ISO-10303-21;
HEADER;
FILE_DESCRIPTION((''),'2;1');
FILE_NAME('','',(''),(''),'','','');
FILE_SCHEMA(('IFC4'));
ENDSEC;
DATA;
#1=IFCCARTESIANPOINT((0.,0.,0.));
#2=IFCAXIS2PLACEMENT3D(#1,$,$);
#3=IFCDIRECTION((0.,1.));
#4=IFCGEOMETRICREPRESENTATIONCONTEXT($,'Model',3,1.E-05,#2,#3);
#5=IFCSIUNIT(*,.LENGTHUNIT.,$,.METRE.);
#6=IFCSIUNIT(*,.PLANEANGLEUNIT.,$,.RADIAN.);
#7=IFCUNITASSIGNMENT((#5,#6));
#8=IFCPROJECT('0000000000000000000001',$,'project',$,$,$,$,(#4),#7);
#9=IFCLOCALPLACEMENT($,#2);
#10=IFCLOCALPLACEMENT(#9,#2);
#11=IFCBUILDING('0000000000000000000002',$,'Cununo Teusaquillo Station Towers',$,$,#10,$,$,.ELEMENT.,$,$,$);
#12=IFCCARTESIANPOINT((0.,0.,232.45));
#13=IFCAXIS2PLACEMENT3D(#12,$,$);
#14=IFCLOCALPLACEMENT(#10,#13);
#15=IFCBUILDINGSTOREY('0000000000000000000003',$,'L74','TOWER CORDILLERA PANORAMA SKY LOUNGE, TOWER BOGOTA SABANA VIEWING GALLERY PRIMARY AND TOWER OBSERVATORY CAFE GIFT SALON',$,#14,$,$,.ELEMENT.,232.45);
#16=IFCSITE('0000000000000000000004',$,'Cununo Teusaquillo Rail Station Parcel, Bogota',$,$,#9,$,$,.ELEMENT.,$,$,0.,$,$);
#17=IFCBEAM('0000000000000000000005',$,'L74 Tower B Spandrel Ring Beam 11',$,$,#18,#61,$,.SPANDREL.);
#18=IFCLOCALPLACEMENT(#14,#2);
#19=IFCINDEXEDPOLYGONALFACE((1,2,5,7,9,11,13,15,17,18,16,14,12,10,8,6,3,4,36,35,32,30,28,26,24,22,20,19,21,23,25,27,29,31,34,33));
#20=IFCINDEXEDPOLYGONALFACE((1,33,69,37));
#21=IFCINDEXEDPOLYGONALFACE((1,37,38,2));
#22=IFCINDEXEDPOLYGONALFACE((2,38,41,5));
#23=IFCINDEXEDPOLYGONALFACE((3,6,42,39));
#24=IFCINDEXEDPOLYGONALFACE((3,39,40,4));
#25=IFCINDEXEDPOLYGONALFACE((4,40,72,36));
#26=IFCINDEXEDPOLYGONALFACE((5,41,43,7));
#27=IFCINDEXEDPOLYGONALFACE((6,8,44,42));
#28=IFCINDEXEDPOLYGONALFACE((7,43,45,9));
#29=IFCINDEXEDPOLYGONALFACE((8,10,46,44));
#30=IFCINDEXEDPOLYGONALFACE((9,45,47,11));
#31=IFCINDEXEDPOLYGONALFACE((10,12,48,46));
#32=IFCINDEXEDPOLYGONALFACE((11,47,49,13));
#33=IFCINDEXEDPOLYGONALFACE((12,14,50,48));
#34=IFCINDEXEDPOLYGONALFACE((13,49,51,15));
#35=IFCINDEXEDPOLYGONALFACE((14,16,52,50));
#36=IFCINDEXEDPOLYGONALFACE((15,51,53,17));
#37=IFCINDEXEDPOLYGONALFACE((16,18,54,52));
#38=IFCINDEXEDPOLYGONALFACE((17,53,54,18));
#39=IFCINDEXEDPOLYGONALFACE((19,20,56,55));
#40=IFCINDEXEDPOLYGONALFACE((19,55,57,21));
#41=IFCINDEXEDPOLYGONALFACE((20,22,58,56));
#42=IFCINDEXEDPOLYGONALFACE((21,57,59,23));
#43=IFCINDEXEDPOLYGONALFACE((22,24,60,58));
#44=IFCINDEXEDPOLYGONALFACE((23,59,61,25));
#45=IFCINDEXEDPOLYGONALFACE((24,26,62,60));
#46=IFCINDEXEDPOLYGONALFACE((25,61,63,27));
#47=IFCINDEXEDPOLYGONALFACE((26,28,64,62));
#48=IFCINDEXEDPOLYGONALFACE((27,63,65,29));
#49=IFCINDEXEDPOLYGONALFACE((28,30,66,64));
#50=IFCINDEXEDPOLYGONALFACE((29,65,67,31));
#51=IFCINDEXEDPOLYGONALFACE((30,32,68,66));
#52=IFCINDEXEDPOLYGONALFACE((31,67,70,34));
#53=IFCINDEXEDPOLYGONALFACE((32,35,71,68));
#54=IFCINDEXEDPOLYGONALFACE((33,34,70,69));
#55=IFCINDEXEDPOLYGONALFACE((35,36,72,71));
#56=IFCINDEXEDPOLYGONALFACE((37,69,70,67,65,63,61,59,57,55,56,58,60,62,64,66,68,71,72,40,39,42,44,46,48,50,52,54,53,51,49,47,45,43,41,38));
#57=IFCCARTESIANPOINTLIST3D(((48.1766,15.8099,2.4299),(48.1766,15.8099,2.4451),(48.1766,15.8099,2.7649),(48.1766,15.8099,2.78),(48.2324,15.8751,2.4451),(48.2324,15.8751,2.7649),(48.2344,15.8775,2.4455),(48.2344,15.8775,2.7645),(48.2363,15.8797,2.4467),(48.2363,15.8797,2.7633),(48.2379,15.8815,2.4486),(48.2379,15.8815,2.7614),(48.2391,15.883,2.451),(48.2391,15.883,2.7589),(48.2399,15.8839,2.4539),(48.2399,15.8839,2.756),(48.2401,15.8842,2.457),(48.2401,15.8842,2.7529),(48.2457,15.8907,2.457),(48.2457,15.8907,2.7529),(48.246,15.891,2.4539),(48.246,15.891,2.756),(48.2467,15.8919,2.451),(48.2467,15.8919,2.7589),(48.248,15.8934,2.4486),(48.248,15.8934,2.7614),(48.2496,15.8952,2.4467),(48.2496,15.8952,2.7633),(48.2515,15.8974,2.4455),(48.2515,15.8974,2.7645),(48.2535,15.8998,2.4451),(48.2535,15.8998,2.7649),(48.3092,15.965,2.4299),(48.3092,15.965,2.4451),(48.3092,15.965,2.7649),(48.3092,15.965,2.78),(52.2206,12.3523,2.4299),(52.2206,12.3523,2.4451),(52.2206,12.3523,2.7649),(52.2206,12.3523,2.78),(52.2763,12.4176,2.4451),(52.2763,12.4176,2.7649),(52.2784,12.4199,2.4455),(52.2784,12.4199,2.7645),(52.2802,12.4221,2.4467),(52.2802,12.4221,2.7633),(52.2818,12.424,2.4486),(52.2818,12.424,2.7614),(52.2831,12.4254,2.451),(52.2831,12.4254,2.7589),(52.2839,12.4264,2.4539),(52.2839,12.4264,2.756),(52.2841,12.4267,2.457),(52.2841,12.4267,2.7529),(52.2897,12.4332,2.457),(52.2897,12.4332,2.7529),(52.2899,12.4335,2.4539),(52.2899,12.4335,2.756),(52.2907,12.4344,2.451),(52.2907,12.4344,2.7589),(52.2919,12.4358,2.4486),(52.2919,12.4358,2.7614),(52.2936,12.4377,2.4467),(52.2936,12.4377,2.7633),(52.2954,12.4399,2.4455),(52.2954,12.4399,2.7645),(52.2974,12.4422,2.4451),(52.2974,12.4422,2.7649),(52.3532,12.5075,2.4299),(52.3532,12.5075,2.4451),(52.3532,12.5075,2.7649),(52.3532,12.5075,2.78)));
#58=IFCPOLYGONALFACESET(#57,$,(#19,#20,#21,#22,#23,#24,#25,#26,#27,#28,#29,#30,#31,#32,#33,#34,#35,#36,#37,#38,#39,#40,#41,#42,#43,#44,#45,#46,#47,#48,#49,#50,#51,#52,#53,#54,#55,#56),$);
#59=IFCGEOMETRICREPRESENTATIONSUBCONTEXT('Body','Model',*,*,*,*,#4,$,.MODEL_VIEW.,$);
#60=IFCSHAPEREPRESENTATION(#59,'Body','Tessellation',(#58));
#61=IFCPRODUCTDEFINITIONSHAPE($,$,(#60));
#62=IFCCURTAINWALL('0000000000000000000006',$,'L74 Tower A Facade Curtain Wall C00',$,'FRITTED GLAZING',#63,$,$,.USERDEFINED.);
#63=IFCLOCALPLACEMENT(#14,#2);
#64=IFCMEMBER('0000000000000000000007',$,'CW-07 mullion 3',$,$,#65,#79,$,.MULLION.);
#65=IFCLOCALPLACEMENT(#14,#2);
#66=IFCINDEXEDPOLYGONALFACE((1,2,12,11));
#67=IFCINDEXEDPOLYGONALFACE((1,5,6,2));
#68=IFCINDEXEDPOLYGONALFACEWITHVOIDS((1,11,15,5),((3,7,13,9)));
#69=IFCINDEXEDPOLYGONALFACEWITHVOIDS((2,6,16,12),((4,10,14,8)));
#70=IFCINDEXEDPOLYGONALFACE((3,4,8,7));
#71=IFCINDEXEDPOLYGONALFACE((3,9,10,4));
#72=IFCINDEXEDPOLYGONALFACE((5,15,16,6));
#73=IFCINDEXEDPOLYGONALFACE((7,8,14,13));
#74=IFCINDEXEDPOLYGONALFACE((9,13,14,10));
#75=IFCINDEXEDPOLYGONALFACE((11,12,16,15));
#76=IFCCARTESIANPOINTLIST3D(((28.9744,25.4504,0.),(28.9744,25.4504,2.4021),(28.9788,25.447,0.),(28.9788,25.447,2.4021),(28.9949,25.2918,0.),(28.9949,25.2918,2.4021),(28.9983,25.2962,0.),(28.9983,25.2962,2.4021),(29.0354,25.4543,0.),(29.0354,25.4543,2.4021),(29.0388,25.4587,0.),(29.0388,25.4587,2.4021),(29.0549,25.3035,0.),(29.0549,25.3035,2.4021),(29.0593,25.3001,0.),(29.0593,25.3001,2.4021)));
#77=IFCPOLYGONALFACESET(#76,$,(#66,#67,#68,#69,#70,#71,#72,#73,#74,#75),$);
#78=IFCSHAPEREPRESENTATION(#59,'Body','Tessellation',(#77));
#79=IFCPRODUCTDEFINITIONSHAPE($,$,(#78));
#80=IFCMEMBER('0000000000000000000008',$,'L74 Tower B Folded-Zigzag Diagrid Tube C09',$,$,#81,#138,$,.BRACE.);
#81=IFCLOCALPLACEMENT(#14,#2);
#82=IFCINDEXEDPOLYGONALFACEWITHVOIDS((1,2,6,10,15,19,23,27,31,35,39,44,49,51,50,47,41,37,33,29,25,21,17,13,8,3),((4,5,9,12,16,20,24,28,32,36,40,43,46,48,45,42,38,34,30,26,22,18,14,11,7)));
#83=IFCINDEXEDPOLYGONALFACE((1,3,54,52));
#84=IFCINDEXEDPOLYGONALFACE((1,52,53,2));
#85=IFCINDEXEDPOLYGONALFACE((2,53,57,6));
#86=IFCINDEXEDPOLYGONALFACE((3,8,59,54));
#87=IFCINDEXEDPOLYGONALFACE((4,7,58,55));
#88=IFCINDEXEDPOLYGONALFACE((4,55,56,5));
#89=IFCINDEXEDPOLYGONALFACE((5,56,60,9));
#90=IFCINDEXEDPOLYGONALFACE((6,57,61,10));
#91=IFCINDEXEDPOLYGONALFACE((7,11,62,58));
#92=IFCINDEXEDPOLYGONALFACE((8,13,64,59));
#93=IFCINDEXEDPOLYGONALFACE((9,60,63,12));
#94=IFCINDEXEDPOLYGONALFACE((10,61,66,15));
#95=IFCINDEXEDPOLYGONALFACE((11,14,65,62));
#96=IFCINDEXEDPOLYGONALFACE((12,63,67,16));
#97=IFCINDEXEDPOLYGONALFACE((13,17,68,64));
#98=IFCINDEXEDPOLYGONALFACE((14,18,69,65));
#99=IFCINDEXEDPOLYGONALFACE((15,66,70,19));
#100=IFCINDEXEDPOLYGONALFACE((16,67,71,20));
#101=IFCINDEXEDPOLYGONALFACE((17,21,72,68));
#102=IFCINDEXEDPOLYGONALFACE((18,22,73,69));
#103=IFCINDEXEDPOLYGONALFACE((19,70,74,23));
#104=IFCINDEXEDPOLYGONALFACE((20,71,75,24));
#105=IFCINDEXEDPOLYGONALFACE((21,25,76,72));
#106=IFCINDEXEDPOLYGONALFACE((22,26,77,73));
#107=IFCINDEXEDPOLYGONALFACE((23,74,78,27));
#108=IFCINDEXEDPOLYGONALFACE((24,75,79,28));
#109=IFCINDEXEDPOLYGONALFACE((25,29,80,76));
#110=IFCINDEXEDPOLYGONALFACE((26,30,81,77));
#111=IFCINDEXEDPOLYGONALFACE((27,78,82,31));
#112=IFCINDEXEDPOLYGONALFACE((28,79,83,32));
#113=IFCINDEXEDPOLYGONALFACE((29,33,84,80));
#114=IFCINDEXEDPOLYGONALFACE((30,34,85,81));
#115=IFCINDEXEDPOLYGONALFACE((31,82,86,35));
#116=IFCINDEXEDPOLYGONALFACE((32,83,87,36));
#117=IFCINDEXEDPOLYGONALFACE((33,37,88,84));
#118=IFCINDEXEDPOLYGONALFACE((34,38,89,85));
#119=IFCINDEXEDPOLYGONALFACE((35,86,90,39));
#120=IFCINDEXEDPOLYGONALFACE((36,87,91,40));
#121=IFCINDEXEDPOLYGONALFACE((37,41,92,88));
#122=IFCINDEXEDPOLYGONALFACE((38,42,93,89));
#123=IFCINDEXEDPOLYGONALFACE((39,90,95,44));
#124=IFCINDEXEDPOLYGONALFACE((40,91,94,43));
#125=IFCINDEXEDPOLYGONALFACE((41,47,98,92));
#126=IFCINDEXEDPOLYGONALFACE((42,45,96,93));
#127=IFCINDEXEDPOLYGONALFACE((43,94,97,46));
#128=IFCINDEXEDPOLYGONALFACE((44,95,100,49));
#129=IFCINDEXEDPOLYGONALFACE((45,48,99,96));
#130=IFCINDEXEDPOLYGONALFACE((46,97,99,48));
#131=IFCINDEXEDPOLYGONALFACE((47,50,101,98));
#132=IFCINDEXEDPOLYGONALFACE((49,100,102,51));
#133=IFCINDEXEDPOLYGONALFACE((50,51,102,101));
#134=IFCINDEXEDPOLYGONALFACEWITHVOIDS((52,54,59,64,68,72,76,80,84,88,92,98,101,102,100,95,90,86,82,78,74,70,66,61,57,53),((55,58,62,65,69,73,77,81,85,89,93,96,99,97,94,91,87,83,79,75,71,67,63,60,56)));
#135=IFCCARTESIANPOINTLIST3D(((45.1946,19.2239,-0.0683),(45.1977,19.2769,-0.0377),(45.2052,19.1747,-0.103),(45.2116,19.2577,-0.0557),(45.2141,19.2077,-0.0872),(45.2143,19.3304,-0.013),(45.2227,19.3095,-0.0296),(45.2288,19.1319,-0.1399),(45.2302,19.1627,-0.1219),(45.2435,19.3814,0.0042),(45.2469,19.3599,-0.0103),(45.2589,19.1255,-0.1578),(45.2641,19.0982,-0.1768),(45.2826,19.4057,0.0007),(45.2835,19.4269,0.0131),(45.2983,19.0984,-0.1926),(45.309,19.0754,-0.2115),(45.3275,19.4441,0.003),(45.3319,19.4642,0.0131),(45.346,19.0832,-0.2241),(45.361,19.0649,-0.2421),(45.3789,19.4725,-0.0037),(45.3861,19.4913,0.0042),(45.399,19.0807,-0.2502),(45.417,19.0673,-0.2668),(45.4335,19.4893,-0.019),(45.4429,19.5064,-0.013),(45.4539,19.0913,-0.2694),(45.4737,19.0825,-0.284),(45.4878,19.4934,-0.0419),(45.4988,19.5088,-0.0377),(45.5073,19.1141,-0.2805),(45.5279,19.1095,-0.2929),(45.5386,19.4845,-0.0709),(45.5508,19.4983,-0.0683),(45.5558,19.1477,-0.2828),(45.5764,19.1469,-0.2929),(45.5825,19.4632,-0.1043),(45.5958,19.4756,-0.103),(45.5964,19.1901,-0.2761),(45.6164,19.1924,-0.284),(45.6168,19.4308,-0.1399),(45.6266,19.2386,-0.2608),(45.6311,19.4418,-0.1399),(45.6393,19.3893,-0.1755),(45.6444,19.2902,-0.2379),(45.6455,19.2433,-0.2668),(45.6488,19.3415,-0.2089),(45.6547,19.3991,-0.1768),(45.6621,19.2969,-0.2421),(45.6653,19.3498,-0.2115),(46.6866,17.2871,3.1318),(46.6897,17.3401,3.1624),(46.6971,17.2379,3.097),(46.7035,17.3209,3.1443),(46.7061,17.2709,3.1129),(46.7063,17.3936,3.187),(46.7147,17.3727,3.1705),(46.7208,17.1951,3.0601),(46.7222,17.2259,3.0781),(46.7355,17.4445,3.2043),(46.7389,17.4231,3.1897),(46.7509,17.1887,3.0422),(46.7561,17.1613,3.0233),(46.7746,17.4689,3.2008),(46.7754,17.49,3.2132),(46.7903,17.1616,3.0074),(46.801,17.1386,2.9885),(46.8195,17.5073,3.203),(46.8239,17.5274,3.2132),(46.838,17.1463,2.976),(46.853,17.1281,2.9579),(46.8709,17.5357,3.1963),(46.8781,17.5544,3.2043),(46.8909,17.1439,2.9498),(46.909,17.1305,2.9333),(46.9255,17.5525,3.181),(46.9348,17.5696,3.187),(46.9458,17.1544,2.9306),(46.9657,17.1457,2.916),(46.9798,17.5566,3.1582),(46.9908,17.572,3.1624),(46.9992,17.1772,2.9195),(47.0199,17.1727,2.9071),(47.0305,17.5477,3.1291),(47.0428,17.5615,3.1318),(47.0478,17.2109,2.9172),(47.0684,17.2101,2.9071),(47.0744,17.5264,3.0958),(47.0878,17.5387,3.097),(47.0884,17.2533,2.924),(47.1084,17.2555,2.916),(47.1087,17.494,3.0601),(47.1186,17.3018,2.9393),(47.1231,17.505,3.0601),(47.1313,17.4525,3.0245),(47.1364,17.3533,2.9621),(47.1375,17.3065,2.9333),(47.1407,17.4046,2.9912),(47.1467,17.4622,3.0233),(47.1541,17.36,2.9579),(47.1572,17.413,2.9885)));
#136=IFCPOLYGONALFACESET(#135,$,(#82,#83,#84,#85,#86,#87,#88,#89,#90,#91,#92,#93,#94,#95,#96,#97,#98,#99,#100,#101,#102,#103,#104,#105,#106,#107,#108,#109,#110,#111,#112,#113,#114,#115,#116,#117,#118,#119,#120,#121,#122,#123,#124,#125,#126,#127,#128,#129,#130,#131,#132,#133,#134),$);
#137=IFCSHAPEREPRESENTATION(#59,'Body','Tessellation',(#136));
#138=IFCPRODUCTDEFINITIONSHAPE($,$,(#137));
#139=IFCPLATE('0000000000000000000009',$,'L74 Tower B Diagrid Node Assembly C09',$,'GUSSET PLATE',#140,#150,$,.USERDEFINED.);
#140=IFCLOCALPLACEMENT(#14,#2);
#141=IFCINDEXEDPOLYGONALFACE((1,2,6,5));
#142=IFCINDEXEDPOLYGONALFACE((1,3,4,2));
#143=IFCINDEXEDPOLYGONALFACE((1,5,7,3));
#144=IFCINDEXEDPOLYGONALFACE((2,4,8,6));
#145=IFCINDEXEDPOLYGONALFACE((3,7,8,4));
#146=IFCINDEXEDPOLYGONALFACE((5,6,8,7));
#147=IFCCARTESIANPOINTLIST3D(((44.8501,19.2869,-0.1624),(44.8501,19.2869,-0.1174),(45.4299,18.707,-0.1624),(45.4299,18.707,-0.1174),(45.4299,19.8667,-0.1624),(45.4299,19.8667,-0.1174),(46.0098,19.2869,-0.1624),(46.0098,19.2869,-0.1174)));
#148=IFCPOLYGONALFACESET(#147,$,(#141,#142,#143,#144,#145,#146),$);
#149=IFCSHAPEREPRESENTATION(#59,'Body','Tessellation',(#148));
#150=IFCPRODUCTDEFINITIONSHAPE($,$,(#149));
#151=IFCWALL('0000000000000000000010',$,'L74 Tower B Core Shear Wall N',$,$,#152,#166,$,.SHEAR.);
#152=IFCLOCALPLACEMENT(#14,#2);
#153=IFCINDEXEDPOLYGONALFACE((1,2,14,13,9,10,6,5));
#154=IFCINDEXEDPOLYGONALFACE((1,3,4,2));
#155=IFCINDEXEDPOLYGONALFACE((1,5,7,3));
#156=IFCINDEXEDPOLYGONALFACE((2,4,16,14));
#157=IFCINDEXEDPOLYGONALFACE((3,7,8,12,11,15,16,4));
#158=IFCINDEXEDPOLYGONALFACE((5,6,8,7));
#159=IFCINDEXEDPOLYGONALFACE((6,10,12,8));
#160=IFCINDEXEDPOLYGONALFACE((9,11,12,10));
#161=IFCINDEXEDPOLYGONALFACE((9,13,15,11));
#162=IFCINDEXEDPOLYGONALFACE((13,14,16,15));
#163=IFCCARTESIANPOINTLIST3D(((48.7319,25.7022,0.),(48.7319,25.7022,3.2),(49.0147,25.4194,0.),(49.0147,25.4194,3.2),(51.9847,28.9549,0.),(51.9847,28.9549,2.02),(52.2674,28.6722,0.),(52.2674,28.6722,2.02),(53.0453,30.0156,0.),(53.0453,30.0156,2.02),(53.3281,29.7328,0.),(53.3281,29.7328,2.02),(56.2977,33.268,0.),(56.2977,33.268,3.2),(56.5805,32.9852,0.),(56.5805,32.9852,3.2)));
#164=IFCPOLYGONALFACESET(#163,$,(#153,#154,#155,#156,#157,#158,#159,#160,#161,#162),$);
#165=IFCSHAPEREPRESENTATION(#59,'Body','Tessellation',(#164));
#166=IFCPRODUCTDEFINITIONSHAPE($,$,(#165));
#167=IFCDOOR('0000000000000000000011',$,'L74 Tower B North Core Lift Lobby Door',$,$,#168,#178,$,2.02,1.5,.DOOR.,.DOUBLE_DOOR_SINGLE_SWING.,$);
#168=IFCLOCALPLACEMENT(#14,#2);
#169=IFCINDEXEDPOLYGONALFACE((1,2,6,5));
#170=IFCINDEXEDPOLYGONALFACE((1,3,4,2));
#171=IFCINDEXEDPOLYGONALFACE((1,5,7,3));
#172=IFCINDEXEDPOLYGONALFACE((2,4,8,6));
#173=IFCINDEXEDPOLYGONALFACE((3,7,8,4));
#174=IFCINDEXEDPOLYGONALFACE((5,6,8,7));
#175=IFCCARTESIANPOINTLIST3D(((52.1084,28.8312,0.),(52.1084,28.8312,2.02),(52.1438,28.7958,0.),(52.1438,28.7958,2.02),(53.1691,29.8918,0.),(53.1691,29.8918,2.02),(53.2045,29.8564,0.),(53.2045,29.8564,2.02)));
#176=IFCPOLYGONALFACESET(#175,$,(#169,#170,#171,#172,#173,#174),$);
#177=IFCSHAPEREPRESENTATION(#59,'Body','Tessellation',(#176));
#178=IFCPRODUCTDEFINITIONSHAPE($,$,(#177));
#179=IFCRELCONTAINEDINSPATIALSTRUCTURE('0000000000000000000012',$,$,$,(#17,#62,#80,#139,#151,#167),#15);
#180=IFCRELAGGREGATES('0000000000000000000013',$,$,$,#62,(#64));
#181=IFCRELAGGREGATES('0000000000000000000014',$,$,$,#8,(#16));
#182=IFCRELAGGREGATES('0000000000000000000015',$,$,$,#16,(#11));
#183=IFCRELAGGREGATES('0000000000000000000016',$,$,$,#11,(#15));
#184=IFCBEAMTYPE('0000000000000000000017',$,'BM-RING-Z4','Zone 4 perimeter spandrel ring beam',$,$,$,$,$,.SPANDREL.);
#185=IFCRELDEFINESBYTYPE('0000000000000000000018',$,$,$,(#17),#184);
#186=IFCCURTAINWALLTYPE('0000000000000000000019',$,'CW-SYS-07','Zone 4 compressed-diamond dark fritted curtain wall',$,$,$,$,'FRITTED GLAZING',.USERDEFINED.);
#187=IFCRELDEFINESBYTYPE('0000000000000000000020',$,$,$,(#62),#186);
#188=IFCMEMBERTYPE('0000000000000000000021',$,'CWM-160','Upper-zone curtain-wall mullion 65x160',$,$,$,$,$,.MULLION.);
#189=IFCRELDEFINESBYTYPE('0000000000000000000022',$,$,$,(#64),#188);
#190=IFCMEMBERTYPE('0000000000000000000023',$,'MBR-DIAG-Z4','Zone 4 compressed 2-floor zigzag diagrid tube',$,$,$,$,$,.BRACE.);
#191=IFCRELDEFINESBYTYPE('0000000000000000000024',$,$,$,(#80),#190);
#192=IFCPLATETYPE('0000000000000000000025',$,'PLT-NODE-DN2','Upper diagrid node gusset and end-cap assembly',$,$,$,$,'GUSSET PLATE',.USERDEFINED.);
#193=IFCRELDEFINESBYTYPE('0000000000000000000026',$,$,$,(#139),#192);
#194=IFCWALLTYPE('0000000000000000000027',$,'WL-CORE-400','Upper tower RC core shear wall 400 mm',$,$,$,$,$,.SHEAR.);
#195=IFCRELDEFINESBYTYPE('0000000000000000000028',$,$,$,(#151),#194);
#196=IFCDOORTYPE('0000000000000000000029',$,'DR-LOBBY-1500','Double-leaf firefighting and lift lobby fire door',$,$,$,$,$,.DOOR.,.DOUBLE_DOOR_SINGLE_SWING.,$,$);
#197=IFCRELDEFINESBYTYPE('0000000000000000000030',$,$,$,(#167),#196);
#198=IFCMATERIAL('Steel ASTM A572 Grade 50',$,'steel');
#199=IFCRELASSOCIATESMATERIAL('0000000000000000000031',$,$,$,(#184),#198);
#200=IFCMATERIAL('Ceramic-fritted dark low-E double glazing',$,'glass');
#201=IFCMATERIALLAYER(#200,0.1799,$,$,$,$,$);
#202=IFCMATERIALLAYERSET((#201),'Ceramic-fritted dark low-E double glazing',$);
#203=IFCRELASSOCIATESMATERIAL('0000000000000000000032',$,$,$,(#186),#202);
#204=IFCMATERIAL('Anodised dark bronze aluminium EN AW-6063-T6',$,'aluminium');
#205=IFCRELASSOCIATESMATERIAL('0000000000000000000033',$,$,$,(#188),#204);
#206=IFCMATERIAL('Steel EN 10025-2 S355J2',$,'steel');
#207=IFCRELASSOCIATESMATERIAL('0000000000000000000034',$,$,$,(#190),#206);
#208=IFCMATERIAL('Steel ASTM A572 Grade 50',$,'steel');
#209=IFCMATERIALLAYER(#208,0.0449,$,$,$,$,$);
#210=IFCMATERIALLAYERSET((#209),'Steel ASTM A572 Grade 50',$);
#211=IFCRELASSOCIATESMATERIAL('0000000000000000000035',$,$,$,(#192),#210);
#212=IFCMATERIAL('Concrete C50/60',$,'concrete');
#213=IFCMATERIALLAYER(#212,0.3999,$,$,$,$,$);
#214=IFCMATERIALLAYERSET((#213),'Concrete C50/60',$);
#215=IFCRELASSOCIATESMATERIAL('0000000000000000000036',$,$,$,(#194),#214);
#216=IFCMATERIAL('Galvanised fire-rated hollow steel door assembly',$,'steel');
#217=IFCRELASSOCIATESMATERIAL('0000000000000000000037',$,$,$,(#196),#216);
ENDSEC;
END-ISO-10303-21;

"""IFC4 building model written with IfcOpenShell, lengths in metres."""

from ifc_helpers import new_model, si_unit, direction, frame, frame_2d, origin, origin_2d, place, context, subcontext, project, spatial, rectangle, hollow_rectangle, hollow_circle, i_section, extrude, source, transform, mapped, material, layer, layer_set, material_profile, profile_set, type_object, element, fill, aggregate, save


model = new_model("IFC4")

# Units and contexts
model_context = context("Model", 3, precision=1e-05, world=origin(), true_north=direction((0.0, 1.0)))
body_context = subcontext(model_context, "Body", "Model", "MODEL_VIEW")
ifc_project = project(units=[si_unit("LENGTHUNIT", "METRE"), si_unit("PLANEANGLEUNIT", "RADIAN")], contexts=[model_context])

# Site, building, storey
site_placement = place(None, origin())
site = spatial("IfcSite", under=ifc_project, at=site_placement, Name="Cununo Teusaquillo Rail Station Parcel, Bogota", CompositionType="ELEMENT", RefElevation=0.0)
building_placement = place(site_placement, origin())
building = spatial("IfcBuilding", under=site, at=building_placement, Name="Cununo Teusaquillo Station Towers", CompositionType="ELEMENT")
storey_placement = place(building_placement, frame((0.0, 0.0, 232.45)))
storey = spatial("IfcBuildingStorey", under=building, at=storey_placement, Name="L74", Description="TOWER CORDILLERA PANORAMA SKY LOUNGE, TOWER BOGOTA SABANA VIEWING GALLERY PRIMARY AND TOWER OBSERVATORY CAFE GIFT SALON", CompositionType="ELEMENT", Elevation=232.45)

# Beam
ifc_material_1 = material(Name="Steel ASTM A572 Grade 50", Category="steel")
ifc_material_profile_1 = material_profile(ifc_material_1, i_section(OverallWidth=0.2041, OverallDepth=0.3501, WebThickness=0.0085, FlangeThickness=0.0151, FilletRadius=0.012, at=origin_2d()), Name="W14X48")
ifc_profile_set_1 = profile_set([ifc_material_profile_1], Name="Steel ASTM A572 Grade 50")
beam_type_1 = type_object("IfcBeamType", Name="BM-RING-Z4", Description="Zone 4 perimeter spandrel ring beam", PredefinedType="SPANDREL", material=ifc_profile_set_1)
beam_1_placement = place(storey_placement, frame((48.2429, 15.8875, 2.605), z_axis=(0.760066, -0.649846, 0.0), x_axis=(0.649846, 0.760066, 0.0)))
element("IfcBeam", 1, at=beam_1_placement, inside=storey, type_object=beam_type_1, Name="L74 Tower B Spandrel Ring Beam 11", PredefinedType="SPANDREL", context=body_context, shape_type="SweptSolid", body=[
    extrude(i_section(OverallWidth=0.2041, OverallDepth=0.3501, WebThickness=0.0085, FlangeThickness=0.0151, FilletRadius=0.012, at=origin_2d()), origin(), (0.0, 0.0, 1.0), 5.3206),
])

# Curtain wall, member
ifc_material_2 = material(Name="Ceramic-fritted dark low-E double glazing", Category="glass")
ifc_layer_1 = layer(ifc_material_2, 0.1799)
ifc_layer_set_1 = layer_set([ifc_layer_1], Name="Ceramic-fritted dark low-E double glazing")
curtain_wall_type = type_object("IfcCurtainWallType", Name="CW-SYS-07", Description="Zone 4 compressed-diamond dark fritted curtain wall", ElementType="FRITTED GLAZING", PredefinedType="USERDEFINED", material=ifc_layer_set_1)
curtain_wall_placement = place(storey_placement, origin())
curtain_wall = element("IfcCurtainWall", 2, at=curtain_wall_placement, inside=storey, type_object=curtain_wall_type, Name="L74 Tower A Facade Curtain Wall C00", ObjectType="FRITTED GLAZING", PredefinedType="USERDEFINED")
ifc_material_3 = material(Name="Anodised dark bronze aluminium EN AW-6063-T6", Category="aluminium")
ifc_material_profile_2 = material_profile(ifc_material_3, hollow_rectangle(XDim=0.0649, YDim=0.1599, WallThickness=0.0039, at=origin_2d()), Name="CW-MULL-65x160")
ifc_profile_set_2 = profile_set([ifc_material_profile_2], Name="Anodised dark bronze aluminium EN AW-6063-T6")
member_type_1 = type_object("IfcMemberType", Name="CWM-160", Description="Upper-zone curtain-wall mullion 65x160", PredefinedType="MULLION", material=ifc_profile_set_2)
member_1_placement = place(storey_placement, frame((29.0168, 25.3752, 0.0), z_axis=(0.0, 0.0, 1.0), x_axis=(0.991742, 0.128253, 0.0)))
member_1 = element("IfcMember", 3, at=member_1_placement, type_object=member_type_1, Name="CW-07 mullion 3", PredefinedType="MULLION", context=body_context, shape_type="SweptSolid", body=[
    extrude(hollow_rectangle(XDim=0.0649, YDim=0.1599, WallThickness=0.0039, at=origin_2d()), origin(), (0.0, 0.0, 1.0), 2.4021),
])
aggregate(curtain_wall, [member_1])

# Member
ifc_material_4 = material(Name="Steel EN 10025-2 S355J2", Category="steel")
ifc_material_profile_3 = material_profile(ifc_material_4, hollow_circle(Radius=0.2539, WallThickness=0.0181, at=origin_2d()), Name="CHS 508x18")
ifc_profile_set_3 = profile_set([ifc_material_profile_3], Name="Steel EN 10025-2 S355J2")
member_type_2 = type_object("IfcMemberType", Name="MBR-DIAG-Z4", Description="Zone 4 compressed 2-floor zigzag diagrid tube", PredefinedType="BRACE", material=ifc_profile_set_3)
member_2_placement = place(storey_placement, frame((45.4299, 19.2869, -0.1399), z_axis=(0.370486, -0.480947, 0.794626), x_axis=(0.792204, 0.610256, 0.0)))
element("IfcMember", 4, at=member_2_placement, inside=storey, type_object=member_type_2, Name="L74 Tower B Folded-Zigzag Diagrid Tube C09", PredefinedType="BRACE", context=body_context, shape_type="SweptSolid", body=[
    extrude(hollow_circle(Radius=0.2539, WallThickness=0.0181, at=origin_2d()), origin(), (0.0, 0.0, 1.0), 4.0271),
])

# Plate
ifc_material_5 = material(Name="Steel ASTM A572 Grade 50", Category="steel")
ifc_layer_2 = layer(ifc_material_5, 0.0449)
ifc_layer_set_2 = layer_set([ifc_layer_2], Name="Steel ASTM A572 Grade 50")
plate_type = type_object("IfcPlateType", Name="PLT-NODE-DN2", Description="Upper diagrid node gusset and end-cap assembly", ElementType="GUSSET PLATE", PredefinedType="USERDEFINED", material=ifc_layer_set_2)
shared_shape_1 = source(origin(), body_context, "Body", "SweptSolid", [
    extrude(rectangle(XDim=0.8201, YDim=0.8201, at=origin_2d()), origin(), (0.0, 0.0, 1.0), 0.0449),
])
plate_placement = place(storey_placement, frame((45.4299, 19.2869, -0.1624), z_axis=(0.0, 0.0, 1.0), x_axis=(0.707107, 0.707107, 0.0)))
element("IfcPlate", 5, at=plate_placement, inside=storey, type_object=plate_type, Name="L74 Tower B Diagrid Node Assembly C09", ObjectType="GUSSET PLATE", PredefinedType="USERDEFINED", context=body_context, shape_type="MappedRepresentation", body=[
    mapped(shared_shape_1, transform((0.0, 0.0, 0.0), x_axis=(1.0, 0.0, 0.0), y_axis=(0.0, 1.0, 0.0), z_axis=(0.0, 0.0, 1.0), scale=1.0)),
])

# Wall, opening, door
ifc_material_6 = material(Name="Concrete C50/60", Category="concrete")
ifc_layer_3 = layer(ifc_material_6, 0.3999)
ifc_layer_set_3 = layer_set([ifc_layer_3], Name="Concrete C50/60")
wall_type_1 = type_object("IfcWallType", Name="WL-CORE-400", Description="Upper tower RC core shear wall 400 mm", PredefinedType="SHEAR", material=ifc_layer_set_3)
wall_1_placement = place(storey_placement, frame((48.8733, 25.5608, 0.0), z_axis=(0.0, 0.0, 1.0), x_axis=(0.707107, 0.707107, 0.0)))
wall_1 = element("IfcWall", 6, at=wall_1_placement, inside=storey, type_object=wall_type_1, Name="L74 Tower B Core Shear Wall N", PredefinedType="SHEAR", context=body_context, shape_type="SweptSolid", body=[
    extrude(rectangle(XDim=10.6997, YDim=0.3999, at=frame_2d((5.3499, 0.0))), origin(), (0.0, 0.0, 1.0), 3.2),
])
shared_shape_2 = source(origin(), body_context, "Body", "SweptSolid", [
    extrude(rectangle(XDim=1.5, YDim=2.02, at=frame_2d((0.75, 1.01))), frame((0.0, 0.21, 0.0), z_axis=(0.0, -1.0, 0.0), x_axis=(1.0, 0.0, 0.0)), (0.0, 0.0, 1.0), 0.4199),
])
opening_1_placement = place(wall_1_placement, frame((4.6001, 0.0, 0.0)))
opening_1 = element("IfcOpeningElement", 7, at=opening_1_placement, cuts=wall_1, PredefinedType="OPENING", context=body_context, shape_type="MappedRepresentation", body=[
    mapped(shared_shape_2, transform((0.0, 0.0, 0.0), x_axis=(1.0, 0.0, 0.0), y_axis=(0.0, 1.0, 0.0), z_axis=(0.0, 0.0, 1.0), scale=1.0)),
])
ifc_material_7 = material(Name="Galvanised fire-rated hollow steel door assembly", Category="steel")
door_type_1 = type_object("IfcDoorType", Name="DR-LOBBY-1500", Description="Double-leaf firefighting and lift lobby fire door", OperationType="DOUBLE_DOOR_SINGLE_SWING", PredefinedType="DOOR", material=ifc_material_7)
shared_shape_3 = source(origin(), body_context, "Body", "SweptSolid", [
    extrude(rectangle(XDim=1.5, YDim=2.02, at=frame_2d((0.75, 1.01))), frame((0.0, 0.0249, 0.0), z_axis=(0.0, -1.0, 0.0), x_axis=(1.0, 0.0, 0.0)), (0.0, 0.0, 1.0), 0.05),
])
door_1_placement = place(opening_1_placement, origin())
door_1 = element("IfcDoor", 8, at=door_1_placement, inside=storey, type_object=door_type_1, Name="L74 Tower B North Core Lift Lobby Door", OperationType="DOUBLE_DOOR_SINGLE_SWING", OverallHeight=2.02, OverallWidth=1.5, PredefinedType="DOOR", context=body_context, shape_type="MappedRepresentation", body=[
    mapped(shared_shape_3, transform((0.0, 0.0, 0.0), x_axis=(1.0, 0.0, 0.0), y_axis=(0.0, 1.0, 0.0), z_axis=(0.0, 0.0, 1.0), scale=1.0)),
])
fill(opening_1, door_1)

save(model, "model.ifc")
